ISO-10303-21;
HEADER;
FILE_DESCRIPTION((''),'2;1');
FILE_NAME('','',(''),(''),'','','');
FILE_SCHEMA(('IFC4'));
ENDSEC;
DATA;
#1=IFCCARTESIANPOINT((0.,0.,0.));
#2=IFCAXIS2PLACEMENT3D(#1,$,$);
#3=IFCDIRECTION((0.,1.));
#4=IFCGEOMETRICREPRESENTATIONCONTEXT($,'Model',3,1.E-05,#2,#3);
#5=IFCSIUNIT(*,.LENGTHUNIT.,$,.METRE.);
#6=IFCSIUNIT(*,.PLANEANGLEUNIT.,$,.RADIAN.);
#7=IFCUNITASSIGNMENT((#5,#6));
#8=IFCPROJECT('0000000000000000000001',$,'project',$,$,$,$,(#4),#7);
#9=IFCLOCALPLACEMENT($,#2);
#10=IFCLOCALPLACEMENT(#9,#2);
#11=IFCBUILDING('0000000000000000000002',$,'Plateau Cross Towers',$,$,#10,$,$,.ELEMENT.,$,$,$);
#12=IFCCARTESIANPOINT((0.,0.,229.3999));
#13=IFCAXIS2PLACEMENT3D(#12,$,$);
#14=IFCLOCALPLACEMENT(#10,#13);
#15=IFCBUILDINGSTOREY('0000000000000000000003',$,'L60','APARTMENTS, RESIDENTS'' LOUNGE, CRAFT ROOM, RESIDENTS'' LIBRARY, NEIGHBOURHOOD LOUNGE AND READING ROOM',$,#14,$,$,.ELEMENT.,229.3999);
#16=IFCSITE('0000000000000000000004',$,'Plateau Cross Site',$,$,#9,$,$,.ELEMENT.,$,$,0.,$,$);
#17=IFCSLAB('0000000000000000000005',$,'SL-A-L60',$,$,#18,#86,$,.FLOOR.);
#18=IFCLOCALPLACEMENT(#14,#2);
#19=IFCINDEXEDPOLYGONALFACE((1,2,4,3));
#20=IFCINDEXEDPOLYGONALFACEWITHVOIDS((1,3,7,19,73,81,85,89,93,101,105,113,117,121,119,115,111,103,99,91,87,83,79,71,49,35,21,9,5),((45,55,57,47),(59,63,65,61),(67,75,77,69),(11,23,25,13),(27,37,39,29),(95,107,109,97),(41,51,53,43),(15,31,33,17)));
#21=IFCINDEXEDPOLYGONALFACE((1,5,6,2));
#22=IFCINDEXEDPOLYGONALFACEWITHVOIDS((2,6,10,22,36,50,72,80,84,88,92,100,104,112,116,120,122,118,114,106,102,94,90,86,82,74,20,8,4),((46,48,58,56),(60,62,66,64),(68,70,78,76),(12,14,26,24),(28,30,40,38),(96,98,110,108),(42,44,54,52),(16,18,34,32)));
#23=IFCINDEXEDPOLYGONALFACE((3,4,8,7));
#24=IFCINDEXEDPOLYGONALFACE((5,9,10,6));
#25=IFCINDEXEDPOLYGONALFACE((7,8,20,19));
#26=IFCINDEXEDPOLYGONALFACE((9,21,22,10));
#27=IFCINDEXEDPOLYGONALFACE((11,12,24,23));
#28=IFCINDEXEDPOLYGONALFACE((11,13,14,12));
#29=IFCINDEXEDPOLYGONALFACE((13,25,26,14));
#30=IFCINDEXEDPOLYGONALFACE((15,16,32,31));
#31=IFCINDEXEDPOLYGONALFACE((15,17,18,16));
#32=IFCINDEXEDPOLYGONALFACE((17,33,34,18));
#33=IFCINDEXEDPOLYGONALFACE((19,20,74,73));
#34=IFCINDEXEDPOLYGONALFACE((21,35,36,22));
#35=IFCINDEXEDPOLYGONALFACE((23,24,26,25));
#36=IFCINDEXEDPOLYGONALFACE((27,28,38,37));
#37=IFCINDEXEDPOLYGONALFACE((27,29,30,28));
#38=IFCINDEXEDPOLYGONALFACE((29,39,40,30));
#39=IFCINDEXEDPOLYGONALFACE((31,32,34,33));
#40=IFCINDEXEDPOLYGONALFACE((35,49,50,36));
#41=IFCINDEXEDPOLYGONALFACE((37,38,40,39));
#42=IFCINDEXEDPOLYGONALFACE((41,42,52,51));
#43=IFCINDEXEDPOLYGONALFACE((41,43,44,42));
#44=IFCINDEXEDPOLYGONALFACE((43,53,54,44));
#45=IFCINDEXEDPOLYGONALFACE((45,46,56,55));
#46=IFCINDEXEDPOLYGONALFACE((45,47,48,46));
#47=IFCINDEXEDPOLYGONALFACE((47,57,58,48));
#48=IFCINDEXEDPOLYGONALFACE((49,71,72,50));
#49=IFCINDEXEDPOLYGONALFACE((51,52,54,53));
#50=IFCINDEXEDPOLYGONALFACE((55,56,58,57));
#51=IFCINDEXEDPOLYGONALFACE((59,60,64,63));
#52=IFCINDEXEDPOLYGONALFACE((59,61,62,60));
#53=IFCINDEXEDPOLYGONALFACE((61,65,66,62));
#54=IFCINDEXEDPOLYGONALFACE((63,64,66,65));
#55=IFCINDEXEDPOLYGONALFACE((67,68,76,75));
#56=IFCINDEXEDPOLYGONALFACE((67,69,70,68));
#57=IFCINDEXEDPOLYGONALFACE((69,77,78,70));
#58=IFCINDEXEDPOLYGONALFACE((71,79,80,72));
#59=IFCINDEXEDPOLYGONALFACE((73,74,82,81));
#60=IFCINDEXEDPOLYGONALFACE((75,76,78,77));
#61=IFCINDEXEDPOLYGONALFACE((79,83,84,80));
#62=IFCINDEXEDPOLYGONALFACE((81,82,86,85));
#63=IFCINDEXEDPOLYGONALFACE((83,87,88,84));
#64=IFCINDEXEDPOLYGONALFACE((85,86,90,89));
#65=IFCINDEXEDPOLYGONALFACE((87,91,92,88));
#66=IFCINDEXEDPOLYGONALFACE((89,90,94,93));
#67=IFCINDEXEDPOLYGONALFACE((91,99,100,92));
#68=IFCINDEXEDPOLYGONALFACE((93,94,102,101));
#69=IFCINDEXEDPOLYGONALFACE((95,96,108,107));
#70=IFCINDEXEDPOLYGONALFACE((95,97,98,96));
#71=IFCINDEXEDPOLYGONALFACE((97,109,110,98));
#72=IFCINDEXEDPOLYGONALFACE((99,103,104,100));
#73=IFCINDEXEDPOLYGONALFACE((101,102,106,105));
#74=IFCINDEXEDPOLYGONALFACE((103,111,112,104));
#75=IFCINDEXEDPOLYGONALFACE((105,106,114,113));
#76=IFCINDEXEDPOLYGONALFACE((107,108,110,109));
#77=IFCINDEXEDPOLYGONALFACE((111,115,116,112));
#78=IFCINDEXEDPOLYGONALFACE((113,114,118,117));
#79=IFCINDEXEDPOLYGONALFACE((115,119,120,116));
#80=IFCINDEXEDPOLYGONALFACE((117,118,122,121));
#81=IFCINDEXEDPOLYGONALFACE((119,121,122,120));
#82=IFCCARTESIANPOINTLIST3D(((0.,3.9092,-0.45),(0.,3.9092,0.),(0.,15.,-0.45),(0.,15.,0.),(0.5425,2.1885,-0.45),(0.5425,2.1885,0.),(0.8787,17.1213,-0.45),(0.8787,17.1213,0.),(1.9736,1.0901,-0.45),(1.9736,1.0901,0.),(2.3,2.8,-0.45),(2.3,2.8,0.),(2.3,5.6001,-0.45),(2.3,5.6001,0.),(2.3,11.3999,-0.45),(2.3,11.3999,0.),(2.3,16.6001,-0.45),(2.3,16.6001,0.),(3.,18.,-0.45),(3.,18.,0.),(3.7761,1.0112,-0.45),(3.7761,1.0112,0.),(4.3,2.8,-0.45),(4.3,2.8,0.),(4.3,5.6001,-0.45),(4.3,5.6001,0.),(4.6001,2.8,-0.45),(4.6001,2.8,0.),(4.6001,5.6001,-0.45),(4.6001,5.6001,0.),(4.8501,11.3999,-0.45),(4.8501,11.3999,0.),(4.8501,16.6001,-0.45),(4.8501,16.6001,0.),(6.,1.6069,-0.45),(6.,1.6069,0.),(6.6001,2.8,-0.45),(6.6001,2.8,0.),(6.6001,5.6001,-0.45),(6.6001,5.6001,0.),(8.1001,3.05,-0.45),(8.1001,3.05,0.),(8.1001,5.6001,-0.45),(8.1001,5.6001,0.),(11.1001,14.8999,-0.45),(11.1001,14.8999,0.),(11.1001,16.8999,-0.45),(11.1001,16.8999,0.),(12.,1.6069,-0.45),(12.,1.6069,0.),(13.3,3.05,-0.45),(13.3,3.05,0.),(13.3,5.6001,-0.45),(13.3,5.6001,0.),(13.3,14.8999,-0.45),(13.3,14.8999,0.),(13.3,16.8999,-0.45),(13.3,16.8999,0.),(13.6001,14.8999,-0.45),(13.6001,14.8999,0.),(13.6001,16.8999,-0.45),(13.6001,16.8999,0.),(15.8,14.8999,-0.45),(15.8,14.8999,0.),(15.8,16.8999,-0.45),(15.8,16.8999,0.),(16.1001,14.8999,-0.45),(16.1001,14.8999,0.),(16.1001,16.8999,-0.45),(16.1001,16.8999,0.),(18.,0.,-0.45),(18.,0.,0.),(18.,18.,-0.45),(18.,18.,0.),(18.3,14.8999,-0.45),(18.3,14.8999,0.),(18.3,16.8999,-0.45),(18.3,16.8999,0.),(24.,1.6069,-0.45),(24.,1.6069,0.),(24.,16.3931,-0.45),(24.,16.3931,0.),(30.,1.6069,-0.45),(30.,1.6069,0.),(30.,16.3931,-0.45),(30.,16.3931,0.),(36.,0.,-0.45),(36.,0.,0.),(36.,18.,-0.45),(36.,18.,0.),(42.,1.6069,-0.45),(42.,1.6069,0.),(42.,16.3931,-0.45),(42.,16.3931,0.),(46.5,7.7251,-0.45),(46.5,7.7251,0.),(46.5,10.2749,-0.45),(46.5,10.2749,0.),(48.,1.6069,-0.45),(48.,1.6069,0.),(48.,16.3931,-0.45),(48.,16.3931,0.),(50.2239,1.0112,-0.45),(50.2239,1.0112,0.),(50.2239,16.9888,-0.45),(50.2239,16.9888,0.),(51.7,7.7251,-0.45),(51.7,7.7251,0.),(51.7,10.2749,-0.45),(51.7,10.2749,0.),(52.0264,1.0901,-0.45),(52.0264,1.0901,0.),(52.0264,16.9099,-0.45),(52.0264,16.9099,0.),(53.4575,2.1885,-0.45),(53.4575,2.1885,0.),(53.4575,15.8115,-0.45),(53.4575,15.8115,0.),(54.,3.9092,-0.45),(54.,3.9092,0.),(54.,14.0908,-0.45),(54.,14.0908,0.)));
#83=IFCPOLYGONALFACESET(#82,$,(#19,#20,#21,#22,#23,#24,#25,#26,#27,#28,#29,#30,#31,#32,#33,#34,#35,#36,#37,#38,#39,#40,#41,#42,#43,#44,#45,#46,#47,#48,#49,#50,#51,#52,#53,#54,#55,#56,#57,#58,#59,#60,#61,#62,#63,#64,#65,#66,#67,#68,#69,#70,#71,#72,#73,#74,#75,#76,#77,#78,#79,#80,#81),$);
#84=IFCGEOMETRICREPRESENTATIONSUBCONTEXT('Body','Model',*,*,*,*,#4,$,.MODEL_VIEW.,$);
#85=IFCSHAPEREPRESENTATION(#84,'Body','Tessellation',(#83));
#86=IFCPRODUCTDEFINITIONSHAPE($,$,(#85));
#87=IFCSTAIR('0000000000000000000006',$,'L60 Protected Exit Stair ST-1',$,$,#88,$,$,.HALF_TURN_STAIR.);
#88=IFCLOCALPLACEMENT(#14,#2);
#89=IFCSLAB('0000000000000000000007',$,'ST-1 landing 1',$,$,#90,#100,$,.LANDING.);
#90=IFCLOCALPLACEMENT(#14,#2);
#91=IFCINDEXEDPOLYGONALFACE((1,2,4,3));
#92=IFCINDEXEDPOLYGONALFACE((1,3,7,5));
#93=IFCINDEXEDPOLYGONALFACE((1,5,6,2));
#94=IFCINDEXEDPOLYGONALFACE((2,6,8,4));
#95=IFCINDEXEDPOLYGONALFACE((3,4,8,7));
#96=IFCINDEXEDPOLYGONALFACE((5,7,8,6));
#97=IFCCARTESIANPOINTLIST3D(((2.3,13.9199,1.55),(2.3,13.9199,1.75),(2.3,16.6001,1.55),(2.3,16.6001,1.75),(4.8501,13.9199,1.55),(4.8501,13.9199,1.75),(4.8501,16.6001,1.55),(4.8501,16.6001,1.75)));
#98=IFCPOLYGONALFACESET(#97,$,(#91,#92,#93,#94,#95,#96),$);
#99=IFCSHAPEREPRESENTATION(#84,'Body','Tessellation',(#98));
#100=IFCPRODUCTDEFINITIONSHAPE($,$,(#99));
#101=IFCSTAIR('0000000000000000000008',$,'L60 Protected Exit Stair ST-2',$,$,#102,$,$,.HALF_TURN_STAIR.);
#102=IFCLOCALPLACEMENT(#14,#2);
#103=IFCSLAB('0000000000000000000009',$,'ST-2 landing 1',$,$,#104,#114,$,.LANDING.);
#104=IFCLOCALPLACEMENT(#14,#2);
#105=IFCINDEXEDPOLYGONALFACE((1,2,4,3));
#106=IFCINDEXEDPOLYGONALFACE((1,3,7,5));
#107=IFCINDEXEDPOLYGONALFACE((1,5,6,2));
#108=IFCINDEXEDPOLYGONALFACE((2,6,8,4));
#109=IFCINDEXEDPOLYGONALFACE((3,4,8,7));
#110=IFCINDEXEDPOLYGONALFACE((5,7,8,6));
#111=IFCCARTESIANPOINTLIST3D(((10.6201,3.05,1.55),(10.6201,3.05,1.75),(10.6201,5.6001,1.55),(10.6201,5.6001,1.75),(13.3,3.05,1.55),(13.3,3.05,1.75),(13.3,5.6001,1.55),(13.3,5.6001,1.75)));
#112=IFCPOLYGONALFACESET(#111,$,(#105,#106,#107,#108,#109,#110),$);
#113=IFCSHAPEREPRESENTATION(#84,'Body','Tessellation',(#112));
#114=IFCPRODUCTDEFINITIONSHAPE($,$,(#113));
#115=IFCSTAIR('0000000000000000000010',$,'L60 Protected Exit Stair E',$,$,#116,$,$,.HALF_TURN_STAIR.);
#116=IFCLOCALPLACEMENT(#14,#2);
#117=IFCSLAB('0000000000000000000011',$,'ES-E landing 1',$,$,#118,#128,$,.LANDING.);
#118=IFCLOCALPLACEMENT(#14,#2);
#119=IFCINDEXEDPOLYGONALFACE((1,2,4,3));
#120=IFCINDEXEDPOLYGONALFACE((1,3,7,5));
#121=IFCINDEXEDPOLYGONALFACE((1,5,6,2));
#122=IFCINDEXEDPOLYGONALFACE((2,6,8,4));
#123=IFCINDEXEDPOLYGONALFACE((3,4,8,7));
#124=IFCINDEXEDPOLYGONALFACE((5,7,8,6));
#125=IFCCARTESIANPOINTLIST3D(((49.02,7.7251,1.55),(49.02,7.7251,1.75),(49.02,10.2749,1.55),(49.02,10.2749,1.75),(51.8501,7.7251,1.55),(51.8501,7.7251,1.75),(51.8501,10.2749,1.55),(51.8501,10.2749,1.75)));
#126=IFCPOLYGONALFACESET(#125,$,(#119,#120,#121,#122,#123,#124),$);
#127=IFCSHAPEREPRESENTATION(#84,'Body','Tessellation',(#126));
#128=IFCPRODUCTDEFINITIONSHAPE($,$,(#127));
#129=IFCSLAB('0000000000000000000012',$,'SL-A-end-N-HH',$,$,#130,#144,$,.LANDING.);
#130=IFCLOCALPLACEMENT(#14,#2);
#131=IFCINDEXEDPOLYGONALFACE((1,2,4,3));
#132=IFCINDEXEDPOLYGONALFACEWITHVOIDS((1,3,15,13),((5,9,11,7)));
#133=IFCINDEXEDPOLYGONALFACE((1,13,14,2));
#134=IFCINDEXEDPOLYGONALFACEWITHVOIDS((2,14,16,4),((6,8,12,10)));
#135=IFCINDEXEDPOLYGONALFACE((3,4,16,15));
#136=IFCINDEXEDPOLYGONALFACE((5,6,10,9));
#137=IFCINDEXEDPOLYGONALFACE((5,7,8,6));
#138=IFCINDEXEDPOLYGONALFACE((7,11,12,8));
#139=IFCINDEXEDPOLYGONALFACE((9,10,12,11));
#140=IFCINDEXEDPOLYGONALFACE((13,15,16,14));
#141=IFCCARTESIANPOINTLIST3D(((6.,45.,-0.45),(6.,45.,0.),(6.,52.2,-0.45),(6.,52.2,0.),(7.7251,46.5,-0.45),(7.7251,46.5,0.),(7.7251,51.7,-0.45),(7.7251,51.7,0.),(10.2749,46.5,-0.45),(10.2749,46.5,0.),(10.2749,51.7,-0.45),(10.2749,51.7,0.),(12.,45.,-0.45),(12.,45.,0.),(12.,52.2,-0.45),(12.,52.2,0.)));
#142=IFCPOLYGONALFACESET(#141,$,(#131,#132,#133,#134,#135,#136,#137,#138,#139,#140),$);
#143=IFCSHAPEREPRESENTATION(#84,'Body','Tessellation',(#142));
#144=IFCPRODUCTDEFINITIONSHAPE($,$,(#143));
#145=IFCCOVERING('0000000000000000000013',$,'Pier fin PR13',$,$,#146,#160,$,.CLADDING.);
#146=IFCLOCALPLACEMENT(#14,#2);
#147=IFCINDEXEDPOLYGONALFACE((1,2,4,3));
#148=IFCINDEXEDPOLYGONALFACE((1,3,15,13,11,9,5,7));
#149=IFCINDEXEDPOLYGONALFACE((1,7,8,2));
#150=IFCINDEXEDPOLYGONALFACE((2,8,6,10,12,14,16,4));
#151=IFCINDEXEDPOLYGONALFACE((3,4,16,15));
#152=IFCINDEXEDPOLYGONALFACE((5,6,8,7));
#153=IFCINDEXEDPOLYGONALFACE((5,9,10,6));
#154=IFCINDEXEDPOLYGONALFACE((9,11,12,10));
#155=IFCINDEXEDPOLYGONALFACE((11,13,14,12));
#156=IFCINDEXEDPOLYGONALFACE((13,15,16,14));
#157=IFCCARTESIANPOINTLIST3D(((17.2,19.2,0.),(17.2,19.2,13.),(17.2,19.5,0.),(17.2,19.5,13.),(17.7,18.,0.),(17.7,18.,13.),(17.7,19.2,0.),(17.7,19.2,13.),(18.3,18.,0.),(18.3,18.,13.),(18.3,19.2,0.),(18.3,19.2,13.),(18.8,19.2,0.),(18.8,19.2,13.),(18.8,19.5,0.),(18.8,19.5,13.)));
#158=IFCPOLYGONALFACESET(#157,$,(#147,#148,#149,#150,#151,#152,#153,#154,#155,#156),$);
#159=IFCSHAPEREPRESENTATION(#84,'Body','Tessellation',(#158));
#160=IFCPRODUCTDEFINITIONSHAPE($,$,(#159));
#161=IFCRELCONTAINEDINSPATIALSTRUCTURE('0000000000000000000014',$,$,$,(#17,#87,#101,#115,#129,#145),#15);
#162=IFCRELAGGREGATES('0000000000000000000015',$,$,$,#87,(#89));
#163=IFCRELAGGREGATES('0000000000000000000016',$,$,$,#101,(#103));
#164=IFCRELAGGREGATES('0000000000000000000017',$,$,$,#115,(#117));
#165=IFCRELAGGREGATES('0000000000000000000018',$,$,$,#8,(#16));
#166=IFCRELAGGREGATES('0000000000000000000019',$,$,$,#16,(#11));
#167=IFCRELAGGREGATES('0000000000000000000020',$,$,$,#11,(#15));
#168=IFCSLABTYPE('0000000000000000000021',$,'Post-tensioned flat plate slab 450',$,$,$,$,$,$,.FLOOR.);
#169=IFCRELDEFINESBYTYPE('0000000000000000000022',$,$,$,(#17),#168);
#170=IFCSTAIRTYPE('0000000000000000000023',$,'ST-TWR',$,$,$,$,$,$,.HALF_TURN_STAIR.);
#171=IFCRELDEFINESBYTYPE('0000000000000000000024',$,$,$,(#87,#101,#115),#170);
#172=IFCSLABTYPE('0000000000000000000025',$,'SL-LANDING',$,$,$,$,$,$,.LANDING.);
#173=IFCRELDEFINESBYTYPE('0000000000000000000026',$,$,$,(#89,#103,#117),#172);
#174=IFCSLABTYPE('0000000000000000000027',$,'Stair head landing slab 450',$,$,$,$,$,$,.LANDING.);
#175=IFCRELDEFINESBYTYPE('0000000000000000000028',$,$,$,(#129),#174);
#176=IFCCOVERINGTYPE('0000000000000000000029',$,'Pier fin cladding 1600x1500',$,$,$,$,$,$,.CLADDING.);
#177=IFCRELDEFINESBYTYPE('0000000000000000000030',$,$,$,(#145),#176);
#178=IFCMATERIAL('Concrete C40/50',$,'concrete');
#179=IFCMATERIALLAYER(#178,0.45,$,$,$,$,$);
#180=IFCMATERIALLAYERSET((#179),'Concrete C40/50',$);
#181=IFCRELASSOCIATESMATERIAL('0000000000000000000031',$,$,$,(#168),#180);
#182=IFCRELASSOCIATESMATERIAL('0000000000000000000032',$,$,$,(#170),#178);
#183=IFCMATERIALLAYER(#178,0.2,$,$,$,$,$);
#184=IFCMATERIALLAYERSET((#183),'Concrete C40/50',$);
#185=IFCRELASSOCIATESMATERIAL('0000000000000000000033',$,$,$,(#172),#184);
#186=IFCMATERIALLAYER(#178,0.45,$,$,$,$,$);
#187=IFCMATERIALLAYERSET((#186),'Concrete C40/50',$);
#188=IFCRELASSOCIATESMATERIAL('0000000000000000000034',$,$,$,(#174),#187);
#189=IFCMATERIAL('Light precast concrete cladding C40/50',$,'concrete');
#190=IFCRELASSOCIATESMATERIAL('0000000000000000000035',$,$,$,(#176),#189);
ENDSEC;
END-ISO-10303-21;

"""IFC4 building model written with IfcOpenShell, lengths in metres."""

from ifc_helpers import new_model, si_unit, direction, frame, origin, place, context, subcontext, project, spatial, polyline, outline, extrude, material, layer, layer_set, type_object, element, aggregate, save


model = new_model("IFC4")

# Units and contexts
model_context = context("Model", 3, precision=1e-05, world=origin(), true_north=direction((0.0, 1.0)))
body_context = subcontext(model_context, "Body", "Model", "MODEL_VIEW")
ifc_project = project(units=[si_unit("LENGTHUNIT", "METRE"), si_unit("PLANEANGLEUNIT", "RADIAN")], contexts=[model_context])

# Site, building, storey
site_placement = place(None, origin())
site = spatial("IfcSite", under=ifc_project, at=site_placement, Name="Plateau Cross Site", CompositionType="ELEMENT", RefElevation=0.0)
building_placement = place(site_placement, origin())
building = spatial("IfcBuilding", under=site, at=building_placement, Name="Plateau Cross Towers", CompositionType="ELEMENT")
storey_placement = place(building_placement, frame((0.0, 0.0, 229.3999)))
storey = spatial("IfcBuildingStorey", under=building, at=storey_placement, Name="L60", Description="APARTMENTS, RESIDENTS' LOUNGE, CRAFT ROOM, RESIDENTS' LIBRARY, NEIGHBOURHOOD LOUNGE AND READING ROOM", CompositionType="ELEMENT", Elevation=229.3999)

# Slab
ifc_material_1 = material(Name="Concrete C40/50", Category="concrete")
ifc_layer_1 = layer(ifc_material_1, 0.45)
ifc_layer_set_1 = layer_set([ifc_layer_1], Name="Concrete C40/50")
slab_type_1 = type_object("IfcSlabType", Name="Post-tensioned flat plate slab 450", PredefinedType="FLOOR", material=ifc_layer_set_1)
slab_1_placement = place(storey_placement, frame((0.0, 0.0, -0.45)))
element("IfcSlab", 1, at=slab_1_placement, inside=storey, type_object=slab_type_1, Name="SL-A-L60", PredefinedType="FLOOR", context=body_context, shape_type="SweptSolid", body=[
    extrude(outline(polyline([(1.9736, 1.0901), (0.5425, 2.1885), (0.0, 3.9092), (0.0, 15.0), (0.8787, 17.1213), (3.0, 18.0), (18.0, 18.0), (24.0, 16.3931), (30.0, 16.3931), (36.0, 18.0), (42.0, 16.3931), (48.0, 16.3931), (50.2239, 16.9888), (52.0264, 16.9099), (53.4575, 15.8115), (54.0, 14.0908), (54.0, 3.9092), (53.4575, 2.1885), (52.0264, 1.0901), (50.2239, 1.0112), (48.0, 1.6069), (42.0, 1.6069), (36.0, 0.0), (30.0, 1.6069), (24.0, 1.6069), (18.0, 0.0), (12.0, 1.6069), (6.0, 1.6069), (3.7761, 1.0112), (1.9736, 1.0901)]), holes=[polyline([(4.3, 5.6001), (2.3, 5.6001), (2.3, 2.8), (4.3, 2.8), (4.3, 5.6001)]), polyline([(6.6001, 5.6001), (4.6001, 5.6001), (4.6001, 2.8), (6.6001, 2.8), (6.6001, 5.6001)]), polyline([(13.3, 5.6001), (8.1001, 5.6001), (8.1001, 3.05), (13.3, 3.05), (13.3, 5.6001)]), polyline([(51.7, 10.2749), (46.5, 10.2749), (46.5, 7.7251), (51.7, 7.7251), (51.7, 10.2749)]), polyline([(2.3, 16.6001), (2.3, 11.3999), (4.8501, 11.3999), (4.8501, 16.6001), (2.3, 16.6001)]), polyline([(13.3, 16.8999), (11.1001, 16.8999), (11.1001, 14.8999), (13.3, 14.8999), (13.3, 16.8999)]), polyline([(15.8, 16.8999), (13.6001, 16.8999), (13.6001, 14.8999), (15.8, 14.8999), (15.8, 16.8999)]), polyline([(18.3, 14.8999), (18.3, 16.8999), (16.1001, 16.8999), (16.1001, 14.8999), (18.3, 14.8999)])]), origin(), (0.0, 0.0, 1.0), 0.45),
])

# Stairs, slabs
stair_type = type_object("IfcStairType", Name="ST-TWR", PredefinedType="HALF_TURN_STAIR", material=ifc_material_1)
stair_1_placement = place(storey_placement, origin())
stair_1 = element("IfcStair", 2, at=stair_1_placement, inside=storey, type_object=stair_type, Name="L60 Protected Exit Stair ST-1", PredefinedType="HALF_TURN_STAIR")
ifc_layer_2 = layer(ifc_material_1, 0.2)
ifc_layer_set_2 = layer_set([ifc_layer_2], Name="Concrete C40/50")
slab_type_2 = type_object("IfcSlabType", Name="SL-LANDING", PredefinedType="LANDING", material=ifc_layer_set_2)
slab_2_placement = place(storey_placement, frame((0.0, 0.0, 1.55)))
slab_2 = element("IfcSlab", 3, at=slab_2_placement, type_object=slab_type_2, Name="ST-1 landing 1", PredefinedType="LANDING", context=body_context, shape_type="SweptSolid", body=[
    extrude(outline(polyline([(4.8501, 13.9199), (4.8501, 16.6001), (2.3, 16.6001), (2.3, 13.9199), (4.8501, 13.9199)])), origin(), (0.0, 0.0, 1.0), 0.2),
])
aggregate(stair_1, [slab_2])
stair_2_placement = place(storey_placement, origin())
stair_2 = element("IfcStair", 4, at=stair_2_placement, inside=storey, type_object=stair_type, Name="L60 Protected Exit Stair ST-2", PredefinedType="HALF_TURN_STAIR")
slab_3_placement = place(storey_placement, frame((0.0, 0.0, 1.55)))
slab_3 = element("IfcSlab", 5, at=slab_3_placement, type_object=slab_type_2, Name="ST-2 landing 1", PredefinedType="LANDING", context=body_context, shape_type="SweptSolid", body=[
    extrude(outline(polyline([(10.6201, 3.05), (13.3, 3.05), (13.3, 5.6001), (10.6201, 5.6001), (10.6201, 3.05)])), origin(), (0.0, 0.0, 1.0), 0.2),
])
aggregate(stair_2, [slab_3])
stair_3_placement = place(storey_placement, origin())
stair_3 = element("IfcStair", 6, at=stair_3_placement, inside=storey, type_object=stair_type, Name="L60 Protected Exit Stair E", PredefinedType="HALF_TURN_STAIR")
slab_4_placement = place(storey_placement, frame((0.0, 0.0, 1.55)))
slab_4 = element("IfcSlab", 7, at=slab_4_placement, type_object=slab_type_2, Name="ES-E landing 1", PredefinedType="LANDING", context=body_context, shape_type="SweptSolid", body=[
    extrude(outline(polyline([(49.02, 7.7251), (51.8501, 7.7251), (51.8501, 10.2749), (49.02, 10.2749), (49.02, 7.7251)])), origin(), (0.0, 0.0, 1.0), 0.2),
])
aggregate(stair_3, [slab_4])

# Slab
ifc_layer_3 = layer(ifc_material_1, 0.45)
ifc_layer_set_3 = layer_set([ifc_layer_3], Name="Concrete C40/50")
slab_type_3 = type_object("IfcSlabType", Name="Stair head landing slab 450", PredefinedType="LANDING", material=ifc_layer_set_3)
slab_5_placement = place(storey_placement, frame((0.0, 0.0, -0.45)))
element("IfcSlab", 8, at=slab_5_placement, inside=storey, type_object=slab_type_3, Name="SL-A-end-N-HH", PredefinedType="LANDING", context=body_context, shape_type="SweptSolid", body=[
    extrude(outline(polyline([(6.0, 45.0), (6.0, 52.2), (12.0, 52.2), (12.0, 45.0), (6.0, 45.0)]), holes=[polyline([(10.2749, 46.5), (10.2749, 51.7), (7.7251, 51.7), (7.7251, 46.5), (10.2749, 46.5)])]), origin(), (0.0, 0.0, 1.0), 0.45),
])

# Covering
ifc_material_2 = material(Name="Light precast concrete cladding C40/50", Category="concrete")
covering_type_1 = type_object("IfcCoveringType", Name="Pier fin cladding 1600x1500", PredefinedType="CLADDING", material=ifc_material_2)
covering_1_placement = place(storey_placement, origin())
element("IfcCovering", 9, at=covering_1_placement, inside=storey, type_object=covering_type_1, Name="Pier fin PR13", PredefinedType="CLADDING", context=body_context, shape_type="SweptSolid", body=[
    extrude(outline(polyline([(17.7, 18.0), (18.3, 18.0), (18.3, 19.2), (18.8, 19.2), (18.8, 19.5), (17.2, 19.5), (17.2, 19.2), (17.7, 19.2), (17.7, 18.0)])), origin(), (0.0, 0.0, 1.0), 13.0),
])

save(model, "model.ifc")
